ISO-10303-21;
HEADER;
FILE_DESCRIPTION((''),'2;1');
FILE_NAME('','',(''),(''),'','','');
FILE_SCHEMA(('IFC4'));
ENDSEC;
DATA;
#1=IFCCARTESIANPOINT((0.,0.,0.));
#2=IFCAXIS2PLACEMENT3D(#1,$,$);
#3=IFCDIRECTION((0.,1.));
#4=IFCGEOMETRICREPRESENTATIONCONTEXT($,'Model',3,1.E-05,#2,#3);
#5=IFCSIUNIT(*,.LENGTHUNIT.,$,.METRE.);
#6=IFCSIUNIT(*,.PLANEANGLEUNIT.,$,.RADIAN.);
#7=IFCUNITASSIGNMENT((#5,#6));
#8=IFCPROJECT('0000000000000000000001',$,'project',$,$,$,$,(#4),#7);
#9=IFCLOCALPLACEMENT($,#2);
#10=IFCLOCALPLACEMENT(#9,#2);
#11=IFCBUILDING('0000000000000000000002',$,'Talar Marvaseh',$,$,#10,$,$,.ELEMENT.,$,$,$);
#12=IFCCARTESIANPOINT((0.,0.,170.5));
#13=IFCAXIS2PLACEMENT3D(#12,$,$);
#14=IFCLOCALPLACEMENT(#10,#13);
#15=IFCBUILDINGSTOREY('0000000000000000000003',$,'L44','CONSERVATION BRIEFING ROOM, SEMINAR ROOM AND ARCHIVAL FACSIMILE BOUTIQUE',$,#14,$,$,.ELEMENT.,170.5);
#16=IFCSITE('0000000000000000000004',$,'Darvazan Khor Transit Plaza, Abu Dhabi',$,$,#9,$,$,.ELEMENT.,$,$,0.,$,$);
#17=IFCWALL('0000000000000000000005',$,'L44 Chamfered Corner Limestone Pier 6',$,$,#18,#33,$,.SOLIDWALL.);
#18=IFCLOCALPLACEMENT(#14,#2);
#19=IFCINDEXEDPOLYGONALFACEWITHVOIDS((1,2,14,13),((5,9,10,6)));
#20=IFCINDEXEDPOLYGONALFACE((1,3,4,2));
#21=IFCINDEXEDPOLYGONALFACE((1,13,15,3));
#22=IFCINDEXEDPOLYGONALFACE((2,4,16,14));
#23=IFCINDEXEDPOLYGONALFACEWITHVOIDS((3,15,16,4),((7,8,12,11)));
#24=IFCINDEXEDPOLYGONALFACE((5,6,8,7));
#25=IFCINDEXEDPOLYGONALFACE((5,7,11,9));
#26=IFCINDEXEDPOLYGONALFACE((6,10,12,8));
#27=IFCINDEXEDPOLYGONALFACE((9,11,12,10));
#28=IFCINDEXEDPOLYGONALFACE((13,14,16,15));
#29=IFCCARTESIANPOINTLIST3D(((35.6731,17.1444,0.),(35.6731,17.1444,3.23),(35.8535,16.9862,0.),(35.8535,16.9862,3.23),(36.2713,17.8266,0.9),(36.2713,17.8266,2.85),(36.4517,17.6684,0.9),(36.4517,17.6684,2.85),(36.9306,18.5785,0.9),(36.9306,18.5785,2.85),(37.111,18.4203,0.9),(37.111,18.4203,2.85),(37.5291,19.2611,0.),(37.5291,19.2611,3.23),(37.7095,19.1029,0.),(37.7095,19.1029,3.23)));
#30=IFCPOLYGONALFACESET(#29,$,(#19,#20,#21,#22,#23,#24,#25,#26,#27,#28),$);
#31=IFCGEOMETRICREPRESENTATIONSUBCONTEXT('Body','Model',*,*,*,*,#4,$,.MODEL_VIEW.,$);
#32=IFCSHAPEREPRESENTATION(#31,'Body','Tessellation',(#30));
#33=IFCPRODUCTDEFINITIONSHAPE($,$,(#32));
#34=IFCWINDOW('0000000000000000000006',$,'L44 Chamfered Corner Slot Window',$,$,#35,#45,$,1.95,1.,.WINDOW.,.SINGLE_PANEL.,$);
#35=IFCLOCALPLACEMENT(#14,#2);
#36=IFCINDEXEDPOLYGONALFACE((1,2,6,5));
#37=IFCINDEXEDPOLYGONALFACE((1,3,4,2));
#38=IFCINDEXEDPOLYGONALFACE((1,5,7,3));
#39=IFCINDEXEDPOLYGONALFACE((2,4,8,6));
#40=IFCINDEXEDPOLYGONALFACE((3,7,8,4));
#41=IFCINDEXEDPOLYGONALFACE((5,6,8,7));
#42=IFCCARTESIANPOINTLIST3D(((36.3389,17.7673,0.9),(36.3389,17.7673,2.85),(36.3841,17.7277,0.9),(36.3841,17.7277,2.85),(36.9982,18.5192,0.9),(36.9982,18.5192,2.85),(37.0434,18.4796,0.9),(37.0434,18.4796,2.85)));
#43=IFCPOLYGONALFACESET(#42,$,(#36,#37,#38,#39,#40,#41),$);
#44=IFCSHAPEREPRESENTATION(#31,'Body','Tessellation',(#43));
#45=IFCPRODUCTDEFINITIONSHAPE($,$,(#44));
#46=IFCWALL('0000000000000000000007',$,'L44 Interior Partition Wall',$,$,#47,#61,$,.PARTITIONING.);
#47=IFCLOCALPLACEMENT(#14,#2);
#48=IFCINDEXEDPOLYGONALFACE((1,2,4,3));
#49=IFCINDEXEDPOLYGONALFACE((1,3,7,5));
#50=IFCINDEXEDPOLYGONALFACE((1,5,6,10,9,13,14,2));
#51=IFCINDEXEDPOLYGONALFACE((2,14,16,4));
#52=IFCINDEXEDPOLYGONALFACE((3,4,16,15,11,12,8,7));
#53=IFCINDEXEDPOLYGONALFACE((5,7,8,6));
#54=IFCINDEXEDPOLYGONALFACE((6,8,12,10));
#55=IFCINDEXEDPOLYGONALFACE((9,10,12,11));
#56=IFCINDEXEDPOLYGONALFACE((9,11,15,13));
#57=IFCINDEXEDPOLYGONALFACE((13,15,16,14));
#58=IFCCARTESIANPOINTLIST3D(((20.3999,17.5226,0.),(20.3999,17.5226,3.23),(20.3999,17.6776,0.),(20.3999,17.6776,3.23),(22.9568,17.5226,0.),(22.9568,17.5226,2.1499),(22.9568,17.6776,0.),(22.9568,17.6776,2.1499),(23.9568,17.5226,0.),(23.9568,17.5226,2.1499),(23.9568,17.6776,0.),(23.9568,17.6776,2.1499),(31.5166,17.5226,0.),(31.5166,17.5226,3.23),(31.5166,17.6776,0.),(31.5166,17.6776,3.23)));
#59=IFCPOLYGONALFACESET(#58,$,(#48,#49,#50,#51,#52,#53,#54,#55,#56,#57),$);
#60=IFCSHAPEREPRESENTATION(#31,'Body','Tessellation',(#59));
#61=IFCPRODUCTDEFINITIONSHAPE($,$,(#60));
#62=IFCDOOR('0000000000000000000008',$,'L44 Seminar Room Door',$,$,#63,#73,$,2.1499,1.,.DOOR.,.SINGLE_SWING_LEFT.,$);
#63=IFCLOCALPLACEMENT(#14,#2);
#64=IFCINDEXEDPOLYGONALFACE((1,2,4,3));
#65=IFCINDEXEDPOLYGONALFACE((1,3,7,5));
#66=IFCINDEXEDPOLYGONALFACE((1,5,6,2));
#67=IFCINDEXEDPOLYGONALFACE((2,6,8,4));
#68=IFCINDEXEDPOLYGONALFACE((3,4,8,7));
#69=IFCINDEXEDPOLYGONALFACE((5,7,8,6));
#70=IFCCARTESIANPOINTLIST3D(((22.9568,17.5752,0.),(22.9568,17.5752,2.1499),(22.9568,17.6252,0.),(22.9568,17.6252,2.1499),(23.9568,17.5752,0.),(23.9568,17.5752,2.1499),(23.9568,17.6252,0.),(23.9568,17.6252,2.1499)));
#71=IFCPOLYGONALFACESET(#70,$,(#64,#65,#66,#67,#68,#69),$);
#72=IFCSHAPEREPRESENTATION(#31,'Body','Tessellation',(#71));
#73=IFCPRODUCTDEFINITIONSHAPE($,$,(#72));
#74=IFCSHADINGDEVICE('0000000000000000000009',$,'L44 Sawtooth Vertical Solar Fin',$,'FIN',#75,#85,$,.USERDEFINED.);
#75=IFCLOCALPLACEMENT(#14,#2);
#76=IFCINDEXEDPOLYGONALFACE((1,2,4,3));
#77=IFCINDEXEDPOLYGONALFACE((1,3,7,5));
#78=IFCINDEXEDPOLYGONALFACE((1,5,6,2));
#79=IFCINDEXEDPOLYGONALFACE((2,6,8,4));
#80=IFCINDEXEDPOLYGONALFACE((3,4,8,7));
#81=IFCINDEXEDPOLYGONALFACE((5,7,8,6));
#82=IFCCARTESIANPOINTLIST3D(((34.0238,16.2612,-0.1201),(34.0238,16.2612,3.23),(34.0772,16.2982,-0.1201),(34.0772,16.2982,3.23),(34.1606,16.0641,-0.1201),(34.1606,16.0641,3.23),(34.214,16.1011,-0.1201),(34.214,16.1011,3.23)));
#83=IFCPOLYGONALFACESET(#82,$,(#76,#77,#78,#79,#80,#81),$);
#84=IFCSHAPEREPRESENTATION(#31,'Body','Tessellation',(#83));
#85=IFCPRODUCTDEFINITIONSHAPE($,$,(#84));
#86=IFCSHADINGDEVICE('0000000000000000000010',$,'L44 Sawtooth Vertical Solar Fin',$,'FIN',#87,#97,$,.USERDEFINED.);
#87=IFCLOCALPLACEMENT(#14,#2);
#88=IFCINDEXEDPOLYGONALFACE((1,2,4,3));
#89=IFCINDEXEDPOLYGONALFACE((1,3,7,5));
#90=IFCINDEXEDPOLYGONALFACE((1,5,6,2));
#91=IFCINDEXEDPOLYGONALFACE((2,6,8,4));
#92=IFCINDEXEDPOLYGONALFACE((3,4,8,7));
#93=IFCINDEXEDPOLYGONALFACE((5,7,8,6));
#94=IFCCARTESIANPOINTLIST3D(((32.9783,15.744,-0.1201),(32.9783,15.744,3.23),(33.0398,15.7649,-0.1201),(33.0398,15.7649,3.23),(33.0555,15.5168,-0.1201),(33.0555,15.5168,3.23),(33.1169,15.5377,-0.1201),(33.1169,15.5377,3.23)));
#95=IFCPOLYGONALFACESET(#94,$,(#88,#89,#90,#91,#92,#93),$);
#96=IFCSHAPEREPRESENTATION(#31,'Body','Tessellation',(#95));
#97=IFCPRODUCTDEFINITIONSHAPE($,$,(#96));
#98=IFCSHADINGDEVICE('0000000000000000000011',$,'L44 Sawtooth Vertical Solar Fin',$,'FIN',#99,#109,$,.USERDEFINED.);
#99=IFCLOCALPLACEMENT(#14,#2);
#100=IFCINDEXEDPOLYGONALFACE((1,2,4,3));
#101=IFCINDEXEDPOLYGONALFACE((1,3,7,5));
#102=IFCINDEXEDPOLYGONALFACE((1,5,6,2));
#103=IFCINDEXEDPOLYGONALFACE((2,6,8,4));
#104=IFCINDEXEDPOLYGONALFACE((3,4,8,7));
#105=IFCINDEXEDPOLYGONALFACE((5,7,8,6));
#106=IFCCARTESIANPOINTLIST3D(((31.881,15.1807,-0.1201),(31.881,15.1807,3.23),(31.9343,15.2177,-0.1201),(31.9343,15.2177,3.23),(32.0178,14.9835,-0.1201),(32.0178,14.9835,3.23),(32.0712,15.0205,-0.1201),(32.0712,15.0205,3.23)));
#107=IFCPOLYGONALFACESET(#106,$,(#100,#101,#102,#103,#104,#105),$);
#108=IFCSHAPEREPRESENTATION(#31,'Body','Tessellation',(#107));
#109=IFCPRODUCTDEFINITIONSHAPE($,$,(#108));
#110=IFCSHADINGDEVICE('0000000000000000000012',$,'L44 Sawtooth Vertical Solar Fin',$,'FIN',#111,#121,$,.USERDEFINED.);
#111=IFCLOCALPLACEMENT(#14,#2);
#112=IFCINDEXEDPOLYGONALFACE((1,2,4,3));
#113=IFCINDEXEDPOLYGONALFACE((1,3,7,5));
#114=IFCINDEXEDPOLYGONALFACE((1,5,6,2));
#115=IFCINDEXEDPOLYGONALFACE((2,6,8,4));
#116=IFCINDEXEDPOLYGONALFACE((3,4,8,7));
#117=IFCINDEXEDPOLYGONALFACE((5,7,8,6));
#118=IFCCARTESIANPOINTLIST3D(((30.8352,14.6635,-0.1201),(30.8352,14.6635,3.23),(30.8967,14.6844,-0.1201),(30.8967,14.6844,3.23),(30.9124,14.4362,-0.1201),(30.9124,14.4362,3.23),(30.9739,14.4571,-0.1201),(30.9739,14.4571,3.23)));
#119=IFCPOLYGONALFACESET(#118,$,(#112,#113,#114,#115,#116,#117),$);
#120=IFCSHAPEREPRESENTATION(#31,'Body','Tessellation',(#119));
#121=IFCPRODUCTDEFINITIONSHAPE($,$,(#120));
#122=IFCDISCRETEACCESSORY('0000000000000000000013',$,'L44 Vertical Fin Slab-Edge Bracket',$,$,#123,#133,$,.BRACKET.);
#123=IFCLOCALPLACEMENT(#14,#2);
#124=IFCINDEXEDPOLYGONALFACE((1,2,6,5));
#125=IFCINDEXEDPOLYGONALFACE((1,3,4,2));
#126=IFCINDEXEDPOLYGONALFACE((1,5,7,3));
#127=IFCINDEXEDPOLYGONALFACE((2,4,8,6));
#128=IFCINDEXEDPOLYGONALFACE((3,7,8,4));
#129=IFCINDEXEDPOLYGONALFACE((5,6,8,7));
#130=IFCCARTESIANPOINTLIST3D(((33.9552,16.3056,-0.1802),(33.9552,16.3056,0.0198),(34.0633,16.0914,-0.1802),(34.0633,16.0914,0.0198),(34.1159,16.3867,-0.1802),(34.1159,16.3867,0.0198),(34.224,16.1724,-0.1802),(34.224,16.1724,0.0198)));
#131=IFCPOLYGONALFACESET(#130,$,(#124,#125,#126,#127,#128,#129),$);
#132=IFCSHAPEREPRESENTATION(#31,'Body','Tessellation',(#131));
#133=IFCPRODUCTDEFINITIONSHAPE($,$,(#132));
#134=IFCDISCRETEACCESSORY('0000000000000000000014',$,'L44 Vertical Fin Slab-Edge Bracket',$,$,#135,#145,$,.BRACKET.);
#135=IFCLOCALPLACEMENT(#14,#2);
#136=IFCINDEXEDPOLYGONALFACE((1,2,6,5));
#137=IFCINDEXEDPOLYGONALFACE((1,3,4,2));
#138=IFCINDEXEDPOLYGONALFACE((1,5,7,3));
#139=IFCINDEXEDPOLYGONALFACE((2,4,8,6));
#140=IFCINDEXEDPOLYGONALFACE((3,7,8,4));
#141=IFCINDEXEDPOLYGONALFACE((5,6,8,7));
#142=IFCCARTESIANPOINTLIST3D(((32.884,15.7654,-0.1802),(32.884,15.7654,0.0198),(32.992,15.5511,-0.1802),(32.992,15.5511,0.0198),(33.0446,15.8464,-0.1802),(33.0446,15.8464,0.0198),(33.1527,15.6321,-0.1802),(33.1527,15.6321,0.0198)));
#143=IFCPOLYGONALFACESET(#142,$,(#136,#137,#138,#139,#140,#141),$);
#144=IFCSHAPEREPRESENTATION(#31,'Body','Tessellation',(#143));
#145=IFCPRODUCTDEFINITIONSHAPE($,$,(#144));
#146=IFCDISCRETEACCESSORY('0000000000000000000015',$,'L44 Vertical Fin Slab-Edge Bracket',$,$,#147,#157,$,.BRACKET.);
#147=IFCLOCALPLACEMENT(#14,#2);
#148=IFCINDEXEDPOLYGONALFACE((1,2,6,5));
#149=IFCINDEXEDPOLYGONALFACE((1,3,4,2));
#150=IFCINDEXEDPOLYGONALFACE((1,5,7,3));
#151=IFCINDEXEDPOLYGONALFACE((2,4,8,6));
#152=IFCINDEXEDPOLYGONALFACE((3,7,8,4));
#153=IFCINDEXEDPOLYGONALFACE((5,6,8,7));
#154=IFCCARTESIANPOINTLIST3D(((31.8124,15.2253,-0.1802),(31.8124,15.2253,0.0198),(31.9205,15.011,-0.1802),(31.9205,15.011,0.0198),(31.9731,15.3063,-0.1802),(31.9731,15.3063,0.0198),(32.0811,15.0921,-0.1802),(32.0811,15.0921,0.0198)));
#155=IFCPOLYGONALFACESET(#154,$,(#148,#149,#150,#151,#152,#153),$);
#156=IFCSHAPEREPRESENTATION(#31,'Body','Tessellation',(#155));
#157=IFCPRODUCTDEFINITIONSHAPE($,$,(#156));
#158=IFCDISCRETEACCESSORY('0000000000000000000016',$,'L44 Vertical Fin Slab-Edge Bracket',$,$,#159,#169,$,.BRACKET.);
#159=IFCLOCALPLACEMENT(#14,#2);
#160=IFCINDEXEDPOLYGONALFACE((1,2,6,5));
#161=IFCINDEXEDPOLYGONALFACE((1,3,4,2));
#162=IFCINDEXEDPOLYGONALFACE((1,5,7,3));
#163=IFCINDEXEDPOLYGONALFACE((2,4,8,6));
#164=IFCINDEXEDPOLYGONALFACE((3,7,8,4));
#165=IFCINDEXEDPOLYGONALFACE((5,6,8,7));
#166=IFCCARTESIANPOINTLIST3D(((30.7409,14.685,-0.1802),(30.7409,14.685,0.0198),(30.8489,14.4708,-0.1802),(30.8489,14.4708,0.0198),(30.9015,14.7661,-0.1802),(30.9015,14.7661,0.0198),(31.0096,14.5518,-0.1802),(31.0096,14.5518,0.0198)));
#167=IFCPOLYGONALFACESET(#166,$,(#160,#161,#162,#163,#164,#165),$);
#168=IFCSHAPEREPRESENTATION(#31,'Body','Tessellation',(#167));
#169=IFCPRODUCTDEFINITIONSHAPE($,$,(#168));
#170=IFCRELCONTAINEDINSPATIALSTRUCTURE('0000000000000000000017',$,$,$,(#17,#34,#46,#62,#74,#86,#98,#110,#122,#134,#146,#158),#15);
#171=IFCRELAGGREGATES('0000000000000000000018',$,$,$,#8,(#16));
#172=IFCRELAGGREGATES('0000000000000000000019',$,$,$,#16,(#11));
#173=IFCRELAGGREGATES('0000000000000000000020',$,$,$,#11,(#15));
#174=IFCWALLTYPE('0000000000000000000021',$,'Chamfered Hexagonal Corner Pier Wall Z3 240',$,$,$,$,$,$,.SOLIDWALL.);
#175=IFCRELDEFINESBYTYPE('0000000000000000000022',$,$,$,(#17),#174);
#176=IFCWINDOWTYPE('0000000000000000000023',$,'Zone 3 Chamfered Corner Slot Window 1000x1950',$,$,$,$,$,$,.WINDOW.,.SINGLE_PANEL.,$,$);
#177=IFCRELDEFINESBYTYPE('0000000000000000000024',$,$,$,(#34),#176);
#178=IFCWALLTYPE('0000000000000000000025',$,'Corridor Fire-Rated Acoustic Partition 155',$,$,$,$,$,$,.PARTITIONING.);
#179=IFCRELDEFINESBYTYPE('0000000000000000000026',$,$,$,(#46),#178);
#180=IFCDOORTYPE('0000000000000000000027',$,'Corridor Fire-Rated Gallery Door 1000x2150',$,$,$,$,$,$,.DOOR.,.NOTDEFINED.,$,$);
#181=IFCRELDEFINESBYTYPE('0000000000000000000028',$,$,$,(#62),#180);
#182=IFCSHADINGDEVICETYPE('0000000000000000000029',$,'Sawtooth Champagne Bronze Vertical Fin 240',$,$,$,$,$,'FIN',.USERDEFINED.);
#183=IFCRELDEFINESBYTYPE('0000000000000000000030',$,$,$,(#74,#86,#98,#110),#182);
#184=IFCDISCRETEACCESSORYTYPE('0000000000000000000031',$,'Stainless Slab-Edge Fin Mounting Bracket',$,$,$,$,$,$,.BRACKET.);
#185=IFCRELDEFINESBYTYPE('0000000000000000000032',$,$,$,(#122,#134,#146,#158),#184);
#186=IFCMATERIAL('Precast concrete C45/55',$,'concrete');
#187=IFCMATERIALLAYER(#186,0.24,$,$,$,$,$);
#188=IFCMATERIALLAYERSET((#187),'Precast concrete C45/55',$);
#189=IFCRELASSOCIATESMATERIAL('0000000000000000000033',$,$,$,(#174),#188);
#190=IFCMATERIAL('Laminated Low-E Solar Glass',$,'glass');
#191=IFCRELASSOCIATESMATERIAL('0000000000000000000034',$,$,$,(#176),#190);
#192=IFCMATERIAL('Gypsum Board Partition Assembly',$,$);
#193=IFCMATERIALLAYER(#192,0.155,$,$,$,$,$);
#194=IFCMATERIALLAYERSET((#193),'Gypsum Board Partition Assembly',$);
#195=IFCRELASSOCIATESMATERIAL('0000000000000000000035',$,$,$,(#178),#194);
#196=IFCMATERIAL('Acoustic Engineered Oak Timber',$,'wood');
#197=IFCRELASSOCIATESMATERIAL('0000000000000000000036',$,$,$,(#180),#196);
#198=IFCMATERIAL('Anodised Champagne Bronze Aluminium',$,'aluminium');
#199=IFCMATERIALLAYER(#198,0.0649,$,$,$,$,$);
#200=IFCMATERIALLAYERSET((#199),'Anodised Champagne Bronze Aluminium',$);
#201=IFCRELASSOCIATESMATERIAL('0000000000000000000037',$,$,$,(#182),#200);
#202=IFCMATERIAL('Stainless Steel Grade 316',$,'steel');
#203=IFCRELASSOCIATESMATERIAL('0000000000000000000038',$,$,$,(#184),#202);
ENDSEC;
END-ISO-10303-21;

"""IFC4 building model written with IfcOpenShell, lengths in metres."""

from ifc_helpers import new_model, si_unit, direction, frame, frame_2d, origin, origin_2d, place, context, subcontext, project, spatial, rectangle, extrude, source, transform, mapped, material, layer, layer_set, type_object, type_shapes, element, fill, save


model = new_model("IFC4")

# Units and contexts
model_context = context("Model", 3, precision=1e-05, world=origin(), true_north=direction((0.0, 1.0)))
body_context = subcontext(model_context, "Body", "Model", "MODEL_VIEW")
ifc_project = project(units=[si_unit("LENGTHUNIT", "METRE"), si_unit("PLANEANGLEUNIT", "RADIAN")], contexts=[model_context])

# Site, building, storey
site_placement = place(None, origin())
site = spatial("IfcSite", under=ifc_project, at=site_placement, Name="Darvazan Khor Transit Plaza, Abu Dhabi", CompositionType="ELEMENT", RefElevation=0.0)
building_placement = place(site_placement, origin())
building = spatial("IfcBuilding", under=site, at=building_placement, Name="Talar Marvaseh", CompositionType="ELEMENT")
storey_placement = place(building_placement, frame((0.0, 0.0, 170.5)))
storey = spatial("IfcBuildingStorey", under=building, at=storey_placement, Name="L44", Description="CONSERVATION BRIEFING ROOM, SEMINAR ROOM AND ARCHIVAL FACSIMILE BOUTIQUE", CompositionType="ELEMENT", Elevation=170.5)

# Shared definitions
ifc_material_1 = material(Name="Laminated Low-E Solar Glass", Category="glass")

# Wall, opening, window
ifc_material_2 = material(Name="Precast concrete C45/55", Category="concrete")
ifc_layer_1 = layer(ifc_material_2, 0.24)
ifc_layer_set_1 = layer_set([ifc_layer_1], Name="Precast concrete C45/55")
wall_type_1 = type_object("IfcWallType", Name="Chamfered Hexagonal Corner Pier Wall Z3 240", PredefinedType="SOLIDWALL", material=ifc_layer_set_1)
wall_1_placement = place(storey_placement, frame((37.6194, 19.1821, 0.0), z_axis=(0.0, 0.0, 1.0), x_axis=(-0.659278, -0.751899, 0.0)))
wall_1 = element("IfcWall", 1, at=wall_1_placement, inside=storey, type_object=wall_type_1, Name="L44 Chamfered Corner Limestone Pier 6", PredefinedType="SOLIDWALL", context=body_context, shape_type="SweptSolid", body=[
    extrude(rectangle(XDim=2.8152, YDim=0.24, at=frame_2d((1.4077, 0.0))), origin(), (0.0, 0.0, 1.0), 3.23),
])
opening_1_placement = place(wall_1_placement, frame((0.908, 0.0, 0.8999)))
opening_1 = element("IfcOpeningElement", 2, at=opening_1_placement, cuts=wall_1, PredefinedType="OPENING", context=body_context, shape_type="SweptSolid", body=[
    extrude(rectangle(XDim=1.0, YDim=1.95, at=frame_2d((0.5, 0.9751))), frame((0.0, 0.1299, 0.0), z_axis=(0.0, -1.0, 0.0), x_axis=(1.0, 0.0, 0.0)), (0.0, 0.0, 1.0), 0.26),
])
window_type = type_object("IfcWindowType", Name="Zone 3 Chamfered Corner Slot Window 1000x1950", PartitioningType="SINGLE_PANEL", PredefinedType="WINDOW", material=ifc_material_1)
shared_shape_1 = source(origin(), body_context, "Body", "SweptSolid", [
    extrude(rectangle(XDim=1.0, YDim=1.95, at=frame_2d((0.5, 0.9751))), frame((0.0, 0.03, 0.0), z_axis=(0.0, -1.0, 0.0), x_axis=(1.0, 0.0, 0.0)), (0.0, 0.0, 1.0), 0.0601),
])
type_shapes(window_type, [shared_shape_1])
window_placement = place(opening_1_placement, origin())
window = element("IfcWindow", 3, at=window_placement, inside=storey, type_object=window_type, Name="L44 Chamfered Corner Slot Window", OverallHeight=1.95, OverallWidth=1.0, PartitioningType="SINGLE_PANEL", PredefinedType="WINDOW", context=body_context, shape_type="MappedRepresentation", body=[
    mapped(shared_shape_1, transform((0.0, 0.0, 0.0), x_axis=(1.0, 0.0, 0.0), y_axis=(0.0, 1.0, 0.0), z_axis=(0.0, 0.0, 1.0), scale=1.0)),
])
fill(opening_1, window)

# Wall, opening, door
ifc_material_3 = material(Name="Gypsum Board Partition Assembly")
ifc_layer_2 = layer(ifc_material_3, 0.155)
ifc_layer_set_2 = layer_set([ifc_layer_2], Name="Gypsum Board Partition Assembly")
wall_type_2 = type_object("IfcWallType", Name="Corridor Fire-Rated Acoustic Partition 155", PredefinedType="PARTITIONING", material=ifc_layer_set_2)
wall_2_placement = place(storey_placement, frame((31.5166, 17.6001, 0.0), z_axis=(0.0, 0.0, 1.0), x_axis=(-1.0, 0.0, 0.0)))
wall_2 = element("IfcWall", 4, at=wall_2_placement, inside=storey, type_object=wall_type_2, Name="L44 Interior Partition Wall", PredefinedType="PARTITIONING", context=body_context, shape_type="SweptSolid", body=[
    extrude(rectangle(XDim=11.1167, YDim=0.155, at=frame_2d((5.5583, 0.0))), origin(), (0.0, 0.0, 1.0), 3.23),
])
opening_2_placement = place(wall_2_placement, frame((7.5598, 0.0, 0.0)))
opening_2 = element("IfcOpeningElement", 5, at=opening_2_placement, cuts=wall_2, PredefinedType="OPENING", context=body_context, shape_type="SweptSolid", body=[
    extrude(rectangle(XDim=1.0, YDim=2.1499, at=frame_2d((0.5, 1.075))), frame((0.0, 0.0874, 0.0), z_axis=(0.0, -1.0, 0.0), x_axis=(1.0, 0.0, 0.0)), (0.0, 0.0, 1.0), 0.175),
])
ifc_material_4 = material(Name="Acoustic Engineered Oak Timber", Category="wood")
door_type = type_object("IfcDoorType", Name="Corridor Fire-Rated Gallery Door 1000x2150", OperationType="NOTDEFINED", PredefinedType="DOOR", material=ifc_material_4)
shared_shape_2 = source(origin(), body_context, "Body", "SweptSolid", [
    extrude(rectangle(XDim=1.0, YDim=2.1499, at=frame_2d((0.5, 1.075))), frame((0.0, 0.0249, 0.0), z_axis=(0.0, -1.0, 0.0), x_axis=(1.0, 0.0, 0.0)), (0.0, 0.0, 1.0), 0.05),
])
type_shapes(door_type, [shared_shape_2])
door_placement = place(opening_2_placement, origin())
door = element("IfcDoor", 6, at=door_placement, inside=storey, type_object=door_type, Name="L44 Seminar Room Door", OperationType="SINGLE_SWING_LEFT", OverallHeight=2.1499, OverallWidth=1.0, PredefinedType="DOOR", context=body_context, shape_type="MappedRepresentation", body=[
    mapped(shared_shape_2, transform((0.0, 0.0, 0.0), x_axis=(1.0, 0.0, 0.0), y_axis=(0.0, 1.0, 0.0), z_axis=(0.0, 0.0, 1.0), scale=1.0)),
])
fill(opening_2, door)

# Shading devices
ifc_material_5 = material(Name="Anodised Champagne Bronze Aluminium", Category="aluminium")
ifc_layer_3 = layer(ifc_material_5, 0.0649)
ifc_layer_set_3 = layer_set([ifc_layer_3], Name="Anodised Champagne Bronze Aluminium")
shading_device_type = type_object("IfcShadingDeviceType", Name="Sawtooth Champagne Bronze Vertical Fin 240", ElementType="FIN", PredefinedType="USERDEFINED", material=ifc_layer_set_3)
shared_shape_3 = source(origin(), body_context, "Body", "SweptSolid", [
    extrude(rectangle(XDim=0.24, YDim=0.0649, at=origin_2d()), origin(), (0.0, 0.0, 1.0), 3.3501),
])
type_shapes(shading_device_type, [shared_shape_3])
for number, where, z_axis, x_axis, name in (
    (7, (34.1189, 16.1812, -0.1201), (0.0, 0.0, 1.0), (0.57014, -0.821547, 0.0), "L44 Sawtooth Vertical Solar Fin"),
    (8, (33.0476, 15.6409, -0.1201), (0.0, 0.0, 1.0), (0.321605, -0.946874, 0.0), "L44 Sawtooth Vertical Solar Fin"),
    (9, (31.9761, 15.1006, -0.1201), (0.0, 0.0, 1.0), (0.57014, -0.821547, 0.0), "L44 Sawtooth Vertical Solar Fin"),
    (10, (30.9045, 14.5603, -0.1201), (0.0, 0.0, 1.0), (0.321605, -0.946874, 0.0), "L44 Sawtooth Vertical Solar Fin"),
):
    element("IfcShadingDevice", number, at=place(storey_placement, frame(where, z_axis=z_axis, x_axis=x_axis)), inside=storey, type_object=shading_device_type, Name=name, ObjectType="FIN", PredefinedType="USERDEFINED", context=body_context, shape_type="MappedRepresentation", body=[
        mapped(shared_shape_3, transform((0.0, 0.0, 0.0), x_axis=(1.0, 0.0, 0.0), y_axis=(0.0, 1.0, 0.0), z_axis=(0.0, 0.0, 1.0), scale=1.0)),
    ])

# Discrete accessories
ifc_material_6 = material(Name="Stainless Steel Grade 316", Category="steel")
discrete_accessory_type = type_object("IfcDiscreteAccessoryType", Name="Stainless Slab-Edge Fin Mounting Bracket", PredefinedType="BRACKET", material=ifc_material_6)
shared_shape_4 = source(origin(), body_context, "Body", "SweptSolid", [
    extrude(rectangle(XDim=0.24, YDim=0.1799, at=origin_2d()), origin(), (0.0, 0.0, 1.0), 0.2),
])
type_shapes(discrete_accessory_type, [shared_shape_4])
for number, where, z_axis, x_axis, name in (
    (11, (34.0896, 16.239, -0.1802), (0.0, 0.0, 1.0), (0.450254, -0.8929, 0.0), "L44 Vertical Fin Slab-Edge Bracket"),
    (12, (33.0183, 15.6987, -0.1802), (0.0, 0.0, 1.0), (0.450254, -0.8929, 0.0), "L44 Vertical Fin Slab-Edge Bracket"),
    (13, (31.9468, 15.1587, -0.1802), (0.0, 0.0, 1.0), (0.450254, -0.8929, 0.0), "L44 Vertical Fin Slab-Edge Bracket"),
    (14, (30.8752, 14.6184, -0.1802), (0.0, 0.0, 1.0), (0.450254, -0.8929, 0.0), "L44 Vertical Fin Slab-Edge Bracket"),
):
    element("IfcDiscreteAccessory", number, at=place(storey_placement, frame(where, z_axis=z_axis, x_axis=x_axis)), inside=storey, type_object=discrete_accessory_type, Name=name, PredefinedType="BRACKET", context=body_context, shape_type="MappedRepresentation", body=[
        mapped(shared_shape_4, transform((0.0, 0.0, 0.0), x_axis=(1.0, 0.0, 0.0), y_axis=(0.0, 1.0, 0.0), z_axis=(0.0, 0.0, 1.0), scale=1.0)),
    ])

save(model, "model.ifc")
